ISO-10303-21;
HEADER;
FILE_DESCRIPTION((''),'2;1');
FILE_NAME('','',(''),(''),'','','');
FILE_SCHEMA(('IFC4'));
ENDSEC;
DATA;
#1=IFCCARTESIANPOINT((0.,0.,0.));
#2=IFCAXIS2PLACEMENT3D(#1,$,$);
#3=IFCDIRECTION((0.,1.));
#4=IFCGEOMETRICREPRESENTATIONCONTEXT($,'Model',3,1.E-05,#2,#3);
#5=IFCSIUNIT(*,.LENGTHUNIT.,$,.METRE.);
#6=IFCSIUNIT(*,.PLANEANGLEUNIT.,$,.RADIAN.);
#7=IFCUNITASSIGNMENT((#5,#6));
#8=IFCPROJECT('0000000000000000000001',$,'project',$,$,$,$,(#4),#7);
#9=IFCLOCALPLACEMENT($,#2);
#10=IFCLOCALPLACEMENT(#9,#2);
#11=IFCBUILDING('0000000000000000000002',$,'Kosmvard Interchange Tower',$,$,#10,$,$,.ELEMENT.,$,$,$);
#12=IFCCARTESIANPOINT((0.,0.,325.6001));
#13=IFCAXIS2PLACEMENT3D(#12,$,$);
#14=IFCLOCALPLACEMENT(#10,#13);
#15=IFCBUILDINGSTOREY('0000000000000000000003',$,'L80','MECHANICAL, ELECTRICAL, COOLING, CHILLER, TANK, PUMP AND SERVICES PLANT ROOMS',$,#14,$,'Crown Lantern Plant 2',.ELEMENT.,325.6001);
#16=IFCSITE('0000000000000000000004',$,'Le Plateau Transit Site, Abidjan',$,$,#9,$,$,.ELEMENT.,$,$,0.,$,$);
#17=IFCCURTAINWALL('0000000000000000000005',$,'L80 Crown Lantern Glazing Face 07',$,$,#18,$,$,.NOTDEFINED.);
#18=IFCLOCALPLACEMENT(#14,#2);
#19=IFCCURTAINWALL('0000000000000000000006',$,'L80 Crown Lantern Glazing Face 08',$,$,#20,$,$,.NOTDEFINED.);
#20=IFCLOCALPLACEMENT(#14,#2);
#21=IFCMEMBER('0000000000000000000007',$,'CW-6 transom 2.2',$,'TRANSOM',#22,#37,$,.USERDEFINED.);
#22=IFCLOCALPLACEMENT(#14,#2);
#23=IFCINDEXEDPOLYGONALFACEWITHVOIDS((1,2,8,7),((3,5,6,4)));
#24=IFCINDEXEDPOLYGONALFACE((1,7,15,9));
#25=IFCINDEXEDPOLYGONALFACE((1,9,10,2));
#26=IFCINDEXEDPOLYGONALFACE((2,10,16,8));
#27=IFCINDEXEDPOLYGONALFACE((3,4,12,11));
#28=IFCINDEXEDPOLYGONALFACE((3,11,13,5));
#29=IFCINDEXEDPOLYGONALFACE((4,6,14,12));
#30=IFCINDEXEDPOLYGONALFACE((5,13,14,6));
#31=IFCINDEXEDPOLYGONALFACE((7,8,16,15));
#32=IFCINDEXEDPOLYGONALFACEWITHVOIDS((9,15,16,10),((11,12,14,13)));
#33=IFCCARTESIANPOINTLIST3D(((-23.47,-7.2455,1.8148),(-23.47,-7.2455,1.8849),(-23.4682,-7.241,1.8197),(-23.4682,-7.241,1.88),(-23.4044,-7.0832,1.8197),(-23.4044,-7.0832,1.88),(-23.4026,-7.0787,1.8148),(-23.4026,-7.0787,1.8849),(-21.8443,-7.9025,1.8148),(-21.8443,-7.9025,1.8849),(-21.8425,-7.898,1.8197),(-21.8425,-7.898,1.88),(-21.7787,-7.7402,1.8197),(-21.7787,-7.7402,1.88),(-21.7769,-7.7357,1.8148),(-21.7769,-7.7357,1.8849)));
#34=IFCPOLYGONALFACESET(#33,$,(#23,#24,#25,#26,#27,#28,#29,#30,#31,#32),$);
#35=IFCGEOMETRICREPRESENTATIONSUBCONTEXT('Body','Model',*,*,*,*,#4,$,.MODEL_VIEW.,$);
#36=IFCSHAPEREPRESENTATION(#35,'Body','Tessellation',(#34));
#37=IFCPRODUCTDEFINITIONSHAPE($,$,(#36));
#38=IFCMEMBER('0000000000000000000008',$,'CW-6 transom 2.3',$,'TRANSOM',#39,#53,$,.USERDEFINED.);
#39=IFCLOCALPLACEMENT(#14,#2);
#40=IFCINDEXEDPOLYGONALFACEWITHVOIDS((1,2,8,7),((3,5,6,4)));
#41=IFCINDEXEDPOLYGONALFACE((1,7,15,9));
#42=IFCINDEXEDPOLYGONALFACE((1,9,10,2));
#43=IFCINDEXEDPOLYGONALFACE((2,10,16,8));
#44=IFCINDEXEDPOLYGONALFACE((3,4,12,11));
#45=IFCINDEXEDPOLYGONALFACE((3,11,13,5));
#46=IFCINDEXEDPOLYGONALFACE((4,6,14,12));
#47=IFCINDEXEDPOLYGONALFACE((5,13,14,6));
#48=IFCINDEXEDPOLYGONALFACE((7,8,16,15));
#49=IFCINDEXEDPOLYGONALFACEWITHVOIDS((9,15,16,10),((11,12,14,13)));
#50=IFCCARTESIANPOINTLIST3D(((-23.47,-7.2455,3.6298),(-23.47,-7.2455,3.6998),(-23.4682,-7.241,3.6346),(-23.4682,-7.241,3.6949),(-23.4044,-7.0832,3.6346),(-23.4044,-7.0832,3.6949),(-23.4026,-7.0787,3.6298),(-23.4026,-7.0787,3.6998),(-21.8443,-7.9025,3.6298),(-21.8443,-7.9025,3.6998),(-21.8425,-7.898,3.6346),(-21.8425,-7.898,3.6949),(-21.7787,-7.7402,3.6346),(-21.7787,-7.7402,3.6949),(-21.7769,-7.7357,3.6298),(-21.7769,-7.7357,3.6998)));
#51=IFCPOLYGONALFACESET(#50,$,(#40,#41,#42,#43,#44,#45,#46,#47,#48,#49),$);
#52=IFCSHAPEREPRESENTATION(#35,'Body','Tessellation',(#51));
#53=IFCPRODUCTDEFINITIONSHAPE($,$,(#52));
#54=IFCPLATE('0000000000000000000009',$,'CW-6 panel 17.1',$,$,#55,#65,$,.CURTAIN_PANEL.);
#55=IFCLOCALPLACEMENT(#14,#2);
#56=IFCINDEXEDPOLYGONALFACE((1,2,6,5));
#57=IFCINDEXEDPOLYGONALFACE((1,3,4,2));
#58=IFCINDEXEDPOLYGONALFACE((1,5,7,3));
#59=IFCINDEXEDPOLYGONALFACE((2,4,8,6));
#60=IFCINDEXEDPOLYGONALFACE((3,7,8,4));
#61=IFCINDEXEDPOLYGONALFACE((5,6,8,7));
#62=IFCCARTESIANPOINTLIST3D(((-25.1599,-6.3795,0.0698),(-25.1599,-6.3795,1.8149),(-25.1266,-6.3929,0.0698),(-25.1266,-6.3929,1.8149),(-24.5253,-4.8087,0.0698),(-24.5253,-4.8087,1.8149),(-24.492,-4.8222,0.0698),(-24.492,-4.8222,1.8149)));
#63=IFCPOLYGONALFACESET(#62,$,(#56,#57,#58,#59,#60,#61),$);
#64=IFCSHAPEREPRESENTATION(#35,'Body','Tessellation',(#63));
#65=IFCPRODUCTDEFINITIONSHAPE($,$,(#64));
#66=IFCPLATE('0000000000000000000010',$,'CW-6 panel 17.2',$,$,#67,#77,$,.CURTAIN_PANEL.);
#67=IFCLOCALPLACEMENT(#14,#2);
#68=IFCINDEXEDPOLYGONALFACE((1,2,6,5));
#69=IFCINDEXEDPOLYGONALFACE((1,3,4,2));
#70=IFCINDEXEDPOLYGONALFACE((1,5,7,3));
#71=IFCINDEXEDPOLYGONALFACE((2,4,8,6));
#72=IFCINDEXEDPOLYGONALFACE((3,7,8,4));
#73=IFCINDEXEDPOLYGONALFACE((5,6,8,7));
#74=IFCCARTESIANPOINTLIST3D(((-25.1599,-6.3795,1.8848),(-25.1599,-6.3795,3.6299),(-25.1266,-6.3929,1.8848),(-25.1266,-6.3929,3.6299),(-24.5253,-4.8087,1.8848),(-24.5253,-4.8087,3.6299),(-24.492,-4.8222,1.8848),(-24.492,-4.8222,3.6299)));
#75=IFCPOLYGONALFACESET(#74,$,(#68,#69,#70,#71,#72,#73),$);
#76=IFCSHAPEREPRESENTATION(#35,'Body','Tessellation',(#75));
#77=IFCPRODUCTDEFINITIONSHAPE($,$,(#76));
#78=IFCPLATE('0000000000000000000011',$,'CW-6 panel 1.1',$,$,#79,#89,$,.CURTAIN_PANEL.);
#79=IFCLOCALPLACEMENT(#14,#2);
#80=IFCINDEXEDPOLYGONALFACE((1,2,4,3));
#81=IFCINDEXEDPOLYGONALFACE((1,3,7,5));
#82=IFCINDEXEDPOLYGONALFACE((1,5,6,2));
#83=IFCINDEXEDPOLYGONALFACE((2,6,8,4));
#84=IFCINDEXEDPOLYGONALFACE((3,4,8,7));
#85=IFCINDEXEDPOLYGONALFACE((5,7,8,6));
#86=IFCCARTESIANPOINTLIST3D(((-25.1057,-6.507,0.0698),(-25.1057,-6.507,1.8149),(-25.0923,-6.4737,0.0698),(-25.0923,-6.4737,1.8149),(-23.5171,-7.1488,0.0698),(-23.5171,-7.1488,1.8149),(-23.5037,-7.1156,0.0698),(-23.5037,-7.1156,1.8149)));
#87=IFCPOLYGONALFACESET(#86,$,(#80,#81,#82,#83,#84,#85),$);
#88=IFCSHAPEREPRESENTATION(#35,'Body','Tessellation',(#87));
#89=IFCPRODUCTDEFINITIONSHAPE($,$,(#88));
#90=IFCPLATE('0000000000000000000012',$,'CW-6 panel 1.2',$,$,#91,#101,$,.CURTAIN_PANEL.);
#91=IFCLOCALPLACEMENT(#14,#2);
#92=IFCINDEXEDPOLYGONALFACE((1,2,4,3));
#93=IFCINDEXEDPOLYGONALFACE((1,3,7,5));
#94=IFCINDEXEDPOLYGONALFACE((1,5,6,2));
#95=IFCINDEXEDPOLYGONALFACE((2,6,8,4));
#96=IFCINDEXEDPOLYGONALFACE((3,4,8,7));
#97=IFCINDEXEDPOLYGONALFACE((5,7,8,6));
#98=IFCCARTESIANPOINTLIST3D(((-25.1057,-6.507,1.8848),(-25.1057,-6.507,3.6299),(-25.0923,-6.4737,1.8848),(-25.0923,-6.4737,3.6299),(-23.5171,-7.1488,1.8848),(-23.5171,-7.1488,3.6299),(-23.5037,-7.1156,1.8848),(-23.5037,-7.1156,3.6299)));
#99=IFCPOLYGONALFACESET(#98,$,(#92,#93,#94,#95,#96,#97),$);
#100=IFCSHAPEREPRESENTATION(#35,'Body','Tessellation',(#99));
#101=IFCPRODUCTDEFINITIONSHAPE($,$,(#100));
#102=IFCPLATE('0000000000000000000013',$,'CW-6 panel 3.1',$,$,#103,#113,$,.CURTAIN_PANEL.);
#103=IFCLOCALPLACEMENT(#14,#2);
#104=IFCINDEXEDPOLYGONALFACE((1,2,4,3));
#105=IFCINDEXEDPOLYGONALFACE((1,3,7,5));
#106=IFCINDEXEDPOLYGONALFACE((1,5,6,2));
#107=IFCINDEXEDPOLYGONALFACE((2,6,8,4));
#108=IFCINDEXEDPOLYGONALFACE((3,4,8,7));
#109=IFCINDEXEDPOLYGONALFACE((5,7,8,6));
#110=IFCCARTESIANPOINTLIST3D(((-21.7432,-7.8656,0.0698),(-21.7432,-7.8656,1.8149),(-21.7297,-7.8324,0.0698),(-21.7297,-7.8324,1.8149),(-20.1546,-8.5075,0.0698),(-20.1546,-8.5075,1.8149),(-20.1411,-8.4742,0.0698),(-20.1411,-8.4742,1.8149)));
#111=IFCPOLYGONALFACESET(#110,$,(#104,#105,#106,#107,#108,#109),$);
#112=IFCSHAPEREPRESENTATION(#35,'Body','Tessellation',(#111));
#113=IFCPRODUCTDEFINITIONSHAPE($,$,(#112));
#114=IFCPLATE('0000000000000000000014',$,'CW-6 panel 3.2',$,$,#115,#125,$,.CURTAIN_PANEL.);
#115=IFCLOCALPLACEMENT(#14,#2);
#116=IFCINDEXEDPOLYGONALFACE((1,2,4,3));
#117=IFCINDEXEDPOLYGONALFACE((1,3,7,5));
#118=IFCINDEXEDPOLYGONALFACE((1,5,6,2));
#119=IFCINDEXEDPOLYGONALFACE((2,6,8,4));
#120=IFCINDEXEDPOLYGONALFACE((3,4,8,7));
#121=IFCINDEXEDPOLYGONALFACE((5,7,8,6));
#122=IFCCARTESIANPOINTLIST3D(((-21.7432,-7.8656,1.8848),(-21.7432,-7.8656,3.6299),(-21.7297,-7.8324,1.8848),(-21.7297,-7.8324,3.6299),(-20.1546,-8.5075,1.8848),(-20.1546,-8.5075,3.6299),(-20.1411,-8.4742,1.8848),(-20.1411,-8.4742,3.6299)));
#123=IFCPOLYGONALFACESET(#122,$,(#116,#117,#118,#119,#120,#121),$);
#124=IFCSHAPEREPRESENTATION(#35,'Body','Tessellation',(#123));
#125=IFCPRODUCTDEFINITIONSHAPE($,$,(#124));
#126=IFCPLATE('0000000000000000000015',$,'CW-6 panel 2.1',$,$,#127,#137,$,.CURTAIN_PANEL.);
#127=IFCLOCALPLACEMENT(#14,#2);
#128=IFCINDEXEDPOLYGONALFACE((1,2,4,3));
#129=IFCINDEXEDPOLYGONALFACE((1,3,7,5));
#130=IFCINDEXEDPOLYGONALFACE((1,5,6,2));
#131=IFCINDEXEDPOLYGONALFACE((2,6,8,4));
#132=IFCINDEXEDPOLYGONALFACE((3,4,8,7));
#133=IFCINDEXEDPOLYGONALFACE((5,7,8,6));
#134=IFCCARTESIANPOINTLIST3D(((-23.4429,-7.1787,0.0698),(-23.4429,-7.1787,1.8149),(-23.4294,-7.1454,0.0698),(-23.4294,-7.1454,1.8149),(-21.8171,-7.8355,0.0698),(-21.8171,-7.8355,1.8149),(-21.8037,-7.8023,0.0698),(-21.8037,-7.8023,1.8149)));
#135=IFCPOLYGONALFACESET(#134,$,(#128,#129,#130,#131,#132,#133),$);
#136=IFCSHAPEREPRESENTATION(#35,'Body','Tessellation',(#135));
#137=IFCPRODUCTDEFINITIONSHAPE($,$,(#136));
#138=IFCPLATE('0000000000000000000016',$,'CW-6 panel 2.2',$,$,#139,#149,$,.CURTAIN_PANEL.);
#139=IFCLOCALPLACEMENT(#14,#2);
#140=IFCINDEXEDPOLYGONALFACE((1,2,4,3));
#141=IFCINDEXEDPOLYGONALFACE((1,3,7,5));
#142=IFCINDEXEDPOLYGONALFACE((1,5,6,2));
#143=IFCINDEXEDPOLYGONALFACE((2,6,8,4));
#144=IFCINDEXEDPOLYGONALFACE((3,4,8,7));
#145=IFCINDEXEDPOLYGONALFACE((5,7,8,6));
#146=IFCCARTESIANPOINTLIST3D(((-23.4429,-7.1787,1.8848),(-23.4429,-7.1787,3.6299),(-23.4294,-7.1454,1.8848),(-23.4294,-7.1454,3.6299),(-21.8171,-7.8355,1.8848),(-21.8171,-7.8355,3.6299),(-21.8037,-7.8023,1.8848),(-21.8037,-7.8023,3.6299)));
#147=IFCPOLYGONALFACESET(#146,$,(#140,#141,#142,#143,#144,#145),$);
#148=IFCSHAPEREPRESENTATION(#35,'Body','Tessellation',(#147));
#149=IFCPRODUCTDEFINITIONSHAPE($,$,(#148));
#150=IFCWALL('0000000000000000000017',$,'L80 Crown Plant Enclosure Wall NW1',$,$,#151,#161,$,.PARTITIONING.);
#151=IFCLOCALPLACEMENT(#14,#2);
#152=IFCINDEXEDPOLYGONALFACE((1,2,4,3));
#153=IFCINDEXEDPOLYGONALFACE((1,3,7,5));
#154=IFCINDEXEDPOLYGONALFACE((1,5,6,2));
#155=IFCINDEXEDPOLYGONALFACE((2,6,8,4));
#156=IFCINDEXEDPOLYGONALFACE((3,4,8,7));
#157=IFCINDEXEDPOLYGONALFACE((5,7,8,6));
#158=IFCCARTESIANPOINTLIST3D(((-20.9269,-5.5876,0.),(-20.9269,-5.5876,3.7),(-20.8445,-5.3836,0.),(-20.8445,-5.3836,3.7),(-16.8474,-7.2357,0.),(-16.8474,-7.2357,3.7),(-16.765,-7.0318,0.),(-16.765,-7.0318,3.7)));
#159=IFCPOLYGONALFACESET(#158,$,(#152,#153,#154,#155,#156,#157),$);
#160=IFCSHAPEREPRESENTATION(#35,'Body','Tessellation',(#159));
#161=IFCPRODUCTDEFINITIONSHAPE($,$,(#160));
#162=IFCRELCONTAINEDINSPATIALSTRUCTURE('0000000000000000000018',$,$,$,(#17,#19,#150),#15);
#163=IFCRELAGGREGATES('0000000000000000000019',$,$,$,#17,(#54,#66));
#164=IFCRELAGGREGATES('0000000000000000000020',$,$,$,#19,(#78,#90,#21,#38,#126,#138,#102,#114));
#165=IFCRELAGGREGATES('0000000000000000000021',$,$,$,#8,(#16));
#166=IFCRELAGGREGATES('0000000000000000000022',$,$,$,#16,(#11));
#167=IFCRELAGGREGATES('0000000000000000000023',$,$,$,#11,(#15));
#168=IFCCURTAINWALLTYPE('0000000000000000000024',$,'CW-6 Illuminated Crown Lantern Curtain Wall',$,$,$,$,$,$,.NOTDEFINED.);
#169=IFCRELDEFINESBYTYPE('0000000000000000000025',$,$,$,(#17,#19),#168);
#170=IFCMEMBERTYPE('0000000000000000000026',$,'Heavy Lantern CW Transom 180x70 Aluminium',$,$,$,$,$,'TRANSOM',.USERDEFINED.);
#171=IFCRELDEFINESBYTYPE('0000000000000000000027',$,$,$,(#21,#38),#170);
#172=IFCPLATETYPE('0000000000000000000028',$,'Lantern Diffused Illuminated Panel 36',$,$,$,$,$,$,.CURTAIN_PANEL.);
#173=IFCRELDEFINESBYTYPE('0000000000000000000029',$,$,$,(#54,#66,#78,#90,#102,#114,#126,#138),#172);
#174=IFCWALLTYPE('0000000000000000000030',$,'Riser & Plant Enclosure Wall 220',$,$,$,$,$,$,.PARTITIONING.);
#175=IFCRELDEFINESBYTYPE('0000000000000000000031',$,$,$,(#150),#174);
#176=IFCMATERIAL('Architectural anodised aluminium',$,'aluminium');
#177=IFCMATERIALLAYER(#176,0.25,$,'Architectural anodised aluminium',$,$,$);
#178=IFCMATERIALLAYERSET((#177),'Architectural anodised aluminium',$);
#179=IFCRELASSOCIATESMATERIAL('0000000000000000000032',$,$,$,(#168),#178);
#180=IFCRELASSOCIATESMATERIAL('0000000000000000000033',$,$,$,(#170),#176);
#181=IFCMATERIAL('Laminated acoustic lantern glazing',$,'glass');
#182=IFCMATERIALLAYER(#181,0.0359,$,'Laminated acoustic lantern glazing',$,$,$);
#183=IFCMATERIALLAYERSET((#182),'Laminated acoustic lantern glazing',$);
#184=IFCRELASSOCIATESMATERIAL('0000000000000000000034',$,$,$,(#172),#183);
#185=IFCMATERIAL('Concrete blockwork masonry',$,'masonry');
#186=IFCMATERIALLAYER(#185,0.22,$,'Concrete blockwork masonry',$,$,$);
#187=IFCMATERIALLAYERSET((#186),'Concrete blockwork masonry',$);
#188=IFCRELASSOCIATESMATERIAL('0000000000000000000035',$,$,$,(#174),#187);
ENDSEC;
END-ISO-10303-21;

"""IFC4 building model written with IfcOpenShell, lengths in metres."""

from ifc_helpers import new_model, si_unit, direction, frame, frame_2d, origin, origin_2d, place, context, subcontext, project, spatial, rectangle, hollow_rectangle, extrude, source, transform, mapped, material, layer, layer_set, material_profile, profile_set, type_object, element, aggregate, save


model = new_model("IFC4")

# Units and contexts
model_context = context("Model", 3, precision=1e-05, world=origin(), true_north=direction((0.0, 1.0)))
body_context = subcontext(model_context, "Body", "Model", "MODEL_VIEW")
ifc_project = project(units=[si_unit("LENGTHUNIT", "METRE"), si_unit("PLANEANGLEUNIT", "RADIAN")], contexts=[model_context])

# Site, building, storey
site_placement = place(None, origin())
site = spatial("IfcSite", under=ifc_project, at=site_placement, Name="Le Plateau Transit Site, Abidjan", CompositionType="ELEMENT", RefElevation=0.0)
building_placement = place(site_placement, origin())
building = spatial("IfcBuilding", under=site, at=building_placement, Name="Kosmvard Interchange Tower", CompositionType="ELEMENT")
storey_placement = place(building_placement, frame((0.0, 0.0, 325.6001)))
storey = spatial("IfcBuildingStorey", under=building, at=storey_placement, Name="L80", Description="MECHANICAL, ELECTRICAL, COOLING, CHILLER, TANK, PUMP AND SERVICES PLANT ROOMS", LongName="Crown Lantern Plant 2", CompositionType="ELEMENT", Elevation=325.6001)

# Curtain wall
ifc_material_1 = material(Name="Architectural anodised aluminium", Category="aluminium")
ifc_layer_1 = layer(ifc_material_1, 0.25, Name="Architectural anodised aluminium")
ifc_layer_set_1 = layer_set([ifc_layer_1], Name="Architectural anodised aluminium")
curtain_wall_type = type_object("IfcCurtainWallType", Name="CW-6 Illuminated Crown Lantern Curtain Wall", PredefinedType="NOTDEFINED", material=ifc_layer_set_1)
curtain_wall_1_placement = place(storey_placement, origin())
curtain_wall_1 = element("IfcCurtainWall", 1, at=curtain_wall_1_placement, inside=storey, type_object=curtain_wall_type, Name="L80 Crown Lantern Glazing Face 07", PredefinedType="NOTDEFINED")

# Curtain wall, members
curtain_wall_2_placement = place(storey_placement, origin())
curtain_wall_2 = element("IfcCurtainWall", 2, at=curtain_wall_2_placement, inside=storey, type_object=curtain_wall_type, Name="L80 Crown Lantern Glazing Face 08", PredefinedType="NOTDEFINED")
ifc_material_profile_1 = material_profile(ifc_material_1, hollow_rectangle(XDim=0.1799, YDim=0.0701, WallThickness=0.0049, at=origin_2d()), Name="CWT 180x70x5")
ifc_profile_set_1 = profile_set([ifc_material_profile_1], Name="Architectural anodised aluminium")
member_type_1 = type_object("IfcMemberType", Name="Heavy Lantern CW Transom 180x70 Aluminium", ElementType="TRANSOM", PredefinedType="USERDEFINED", material=ifc_profile_set_1)
shared_shape_1 = source(origin(), body_context, "Body", "SweptSolid", [
    extrude(hollow_rectangle(XDim=0.1799, YDim=0.0701, WallThickness=0.0049, at=origin_2d()), origin(), (0.0, 0.0, 1.0), 1.7534),
])
member_1_placement = place(storey_placement, frame((-23.4363, -7.1621, 1.8499), z_axis=(0.927155, -0.374677, 0.0), x_axis=(0.374677, 0.927155, 0.0)))
member_1 = element("IfcMember", 3, at=member_1_placement, type_object=member_type_1, Name="CW-6 transom 2.2", ObjectType="TRANSOM", PredefinedType="USERDEFINED", context=body_context, shape_type="MappedRepresentation", body=[
    mapped(shared_shape_1, transform((0.0, 0.0, 0.0), scale=1.0)),
])
member_2_placement = place(storey_placement, frame((-23.4363, -7.1621, 3.6648), z_axis=(0.927155, -0.374677, 0.0), x_axis=(0.374677, 0.927155, 0.0)))
member_2 = element("IfcMember", 4, at=member_2_placement, type_object=member_type_1, Name="CW-6 transom 2.3", ObjectType="TRANSOM", PredefinedType="USERDEFINED", context=body_context, shape_type="MappedRepresentation", body=[
    mapped(shared_shape_1, transform((0.0, 0.0, 0.0), scale=1.0)),
])

# Plates
ifc_material_2 = material(Name="Laminated acoustic lantern glazing", Category="glass")
ifc_layer_2 = layer(ifc_material_2, 0.0359, Name="Laminated acoustic lantern glazing")
ifc_layer_set_2 = layer_set([ifc_layer_2], Name="Laminated acoustic lantern glazing")
plate_type = type_object("IfcPlateType", Name="Lantern Diffused Illuminated Panel 36", PredefinedType="CURTAIN_PANEL", material=ifc_layer_set_2)
shared_shape_2 = source(origin(), body_context, "Body", "SweptSolid", [
    extrude(rectangle(XDim=1.6941, YDim=0.0359, at=origin_2d()), origin(), (0.0, 0.0, 1.0), 1.7451),
])
plate_1_placement = place(storey_placement, frame((-24.8259, -5.6008, 0.0698), z_axis=(0.0, 0.0, 1.0), x_axis=(-0.374607, -0.927184, 0.0)))
plate_1 = element("IfcPlate", 5, at=plate_1_placement, type_object=plate_type, Name="CW-6 panel 17.1", PredefinedType="CURTAIN_PANEL", context=body_context, shape_type="MappedRepresentation", body=[
    mapped(shared_shape_2, transform((0.0, 0.0, 0.0), scale=1.0)),
])
plate_2_placement = place(storey_placement, frame((-24.8259, -5.6008, 1.8848), z_axis=(0.0, 0.0, 1.0), x_axis=(-0.374607, -0.927184, 0.0)))
plate_2 = element("IfcPlate", 6, at=plate_2_placement, type_object=plate_type, Name="CW-6 panel 17.2", PredefinedType="CURTAIN_PANEL", context=body_context, shape_type="MappedRepresentation", body=[
    mapped(shared_shape_2, transform((0.0, 0.0, 0.0), scale=1.0)),
])
aggregate(curtain_wall_1, [plate_1, plate_2])
shared_shape_3 = source(origin(), body_context, "Body", "SweptSolid", [
    extrude(rectangle(XDim=1.7134, YDim=0.0359, at=origin_2d()), origin(), (0.0, 0.0, 1.0), 1.7451),
])
plate_3_placement = place(storey_placement, frame((-24.3047, -6.8113, 0.0698), z_axis=(0.0, 0.0, 1.0), x_axis=(0.927184, -0.374607, 0.0)))
plate_3 = element("IfcPlate", 7, at=plate_3_placement, type_object=plate_type, Name="CW-6 panel 1.1", PredefinedType="CURTAIN_PANEL", context=body_context, shape_type="MappedRepresentation", body=[
    mapped(shared_shape_3, transform((0.0, 0.0, 0.0), scale=1.0)),
])
plate_4_placement = place(storey_placement, frame((-24.3047, -6.8113, 1.8848), z_axis=(0.0, 0.0, 1.0), x_axis=(0.927184, -0.374607, 0.0)))
plate_4 = element("IfcPlate", 8, at=plate_4_placement, type_object=plate_type, Name="CW-6 panel 1.2", PredefinedType="CURTAIN_PANEL", context=body_context, shape_type="MappedRepresentation", body=[
    mapped(shared_shape_3, transform((0.0, 0.0, 0.0), scale=1.0)),
])
plate_5_placement = place(storey_placement, frame((-20.9421, -8.1699, 0.0698), z_axis=(0.0, 0.0, 1.0), x_axis=(0.927184, -0.374607, 0.0)))
plate_5 = element("IfcPlate", 9, at=plate_5_placement, type_object=plate_type, Name="CW-6 panel 3.1", PredefinedType="CURTAIN_PANEL", context=body_context, shape_type="MappedRepresentation", body=[
    mapped(shared_shape_3, transform((0.0, 0.0, 0.0), scale=1.0)),
])
plate_6_placement = place(storey_placement, frame((-20.9421, -8.1699, 1.8848), z_axis=(0.0, 0.0, 1.0), x_axis=(0.927184, -0.374607, 0.0)))
plate_6 = element("IfcPlate", 10, at=plate_6_placement, type_object=plate_type, Name="CW-6 panel 3.2", PredefinedType="CURTAIN_PANEL", context=body_context, shape_type="MappedRepresentation", body=[
    mapped(shared_shape_3, transform((0.0, 0.0, 0.0), scale=1.0)),
])
shared_shape_4 = source(origin(), body_context, "Body", "SweptSolid", [
    extrude(rectangle(XDim=1.7534, YDim=0.0359, at=origin_2d()), origin(), (0.0, 0.0, 1.0), 1.7451),
])
plate_7_placement = place(storey_placement, frame((-22.6233, -7.4905, 0.0698), z_axis=(0.0, 0.0, 1.0), x_axis=(0.927184, -0.374607, 0.0)))
plate_7 = element("IfcPlate", 11, at=plate_7_placement, type_object=plate_type, Name="CW-6 panel 2.1", PredefinedType="CURTAIN_PANEL", context=body_context, shape_type="MappedRepresentation", body=[
    mapped(shared_shape_4, transform((0.0, 0.0, 0.0), scale=1.0)),
])
plate_8_placement = place(storey_placement, frame((-22.6233, -7.4905, 1.8848), z_axis=(0.0, 0.0, 1.0), x_axis=(0.927184, -0.374607, 0.0)))
plate_8 = element("IfcPlate", 12, at=plate_8_placement, type_object=plate_type, Name="CW-6 panel 2.2", PredefinedType="CURTAIN_PANEL", context=body_context, shape_type="MappedRepresentation", body=[
    mapped(shared_shape_4, transform((0.0, 0.0, 0.0), scale=1.0)),
])
aggregate(curtain_wall_2, [plate_3, plate_4, member_1, member_2, plate_7, plate_8, plate_5, plate_6])

# Wall
ifc_material_3 = material(Name="Concrete blockwork masonry", Category="masonry")
ifc_layer_3 = layer(ifc_material_3, 0.22, Name="Concrete blockwork masonry")
ifc_layer_set_3 = layer_set([ifc_layer_3], Name="Concrete blockwork masonry")
wall_type = type_object("IfcWallType", Name="Riser & Plant Enclosure Wall 220", PredefinedType="PARTITIONING", material=ifc_layer_set_3)
wall_placement = place(storey_placement, frame((-20.8857, -5.4856, 0.0), z_axis=(0.0, 0.0, 1.0), x_axis=(0.927189, -0.374593, 0.0)))
element("IfcWall", 13, at=wall_placement, inside=storey, type_object=wall_type, Name="L80 Crown Plant Enclosure Wall NW1", PredefinedType="PARTITIONING", context=body_context, shape_type="SweptSolid", body=[
    extrude(rectangle(XDim=4.3999, YDim=0.22, at=frame_2d((2.2, 0.0))), origin(), (0.0, 0.0, 1.0), 3.7),
])

save(model, "model.ifc")
